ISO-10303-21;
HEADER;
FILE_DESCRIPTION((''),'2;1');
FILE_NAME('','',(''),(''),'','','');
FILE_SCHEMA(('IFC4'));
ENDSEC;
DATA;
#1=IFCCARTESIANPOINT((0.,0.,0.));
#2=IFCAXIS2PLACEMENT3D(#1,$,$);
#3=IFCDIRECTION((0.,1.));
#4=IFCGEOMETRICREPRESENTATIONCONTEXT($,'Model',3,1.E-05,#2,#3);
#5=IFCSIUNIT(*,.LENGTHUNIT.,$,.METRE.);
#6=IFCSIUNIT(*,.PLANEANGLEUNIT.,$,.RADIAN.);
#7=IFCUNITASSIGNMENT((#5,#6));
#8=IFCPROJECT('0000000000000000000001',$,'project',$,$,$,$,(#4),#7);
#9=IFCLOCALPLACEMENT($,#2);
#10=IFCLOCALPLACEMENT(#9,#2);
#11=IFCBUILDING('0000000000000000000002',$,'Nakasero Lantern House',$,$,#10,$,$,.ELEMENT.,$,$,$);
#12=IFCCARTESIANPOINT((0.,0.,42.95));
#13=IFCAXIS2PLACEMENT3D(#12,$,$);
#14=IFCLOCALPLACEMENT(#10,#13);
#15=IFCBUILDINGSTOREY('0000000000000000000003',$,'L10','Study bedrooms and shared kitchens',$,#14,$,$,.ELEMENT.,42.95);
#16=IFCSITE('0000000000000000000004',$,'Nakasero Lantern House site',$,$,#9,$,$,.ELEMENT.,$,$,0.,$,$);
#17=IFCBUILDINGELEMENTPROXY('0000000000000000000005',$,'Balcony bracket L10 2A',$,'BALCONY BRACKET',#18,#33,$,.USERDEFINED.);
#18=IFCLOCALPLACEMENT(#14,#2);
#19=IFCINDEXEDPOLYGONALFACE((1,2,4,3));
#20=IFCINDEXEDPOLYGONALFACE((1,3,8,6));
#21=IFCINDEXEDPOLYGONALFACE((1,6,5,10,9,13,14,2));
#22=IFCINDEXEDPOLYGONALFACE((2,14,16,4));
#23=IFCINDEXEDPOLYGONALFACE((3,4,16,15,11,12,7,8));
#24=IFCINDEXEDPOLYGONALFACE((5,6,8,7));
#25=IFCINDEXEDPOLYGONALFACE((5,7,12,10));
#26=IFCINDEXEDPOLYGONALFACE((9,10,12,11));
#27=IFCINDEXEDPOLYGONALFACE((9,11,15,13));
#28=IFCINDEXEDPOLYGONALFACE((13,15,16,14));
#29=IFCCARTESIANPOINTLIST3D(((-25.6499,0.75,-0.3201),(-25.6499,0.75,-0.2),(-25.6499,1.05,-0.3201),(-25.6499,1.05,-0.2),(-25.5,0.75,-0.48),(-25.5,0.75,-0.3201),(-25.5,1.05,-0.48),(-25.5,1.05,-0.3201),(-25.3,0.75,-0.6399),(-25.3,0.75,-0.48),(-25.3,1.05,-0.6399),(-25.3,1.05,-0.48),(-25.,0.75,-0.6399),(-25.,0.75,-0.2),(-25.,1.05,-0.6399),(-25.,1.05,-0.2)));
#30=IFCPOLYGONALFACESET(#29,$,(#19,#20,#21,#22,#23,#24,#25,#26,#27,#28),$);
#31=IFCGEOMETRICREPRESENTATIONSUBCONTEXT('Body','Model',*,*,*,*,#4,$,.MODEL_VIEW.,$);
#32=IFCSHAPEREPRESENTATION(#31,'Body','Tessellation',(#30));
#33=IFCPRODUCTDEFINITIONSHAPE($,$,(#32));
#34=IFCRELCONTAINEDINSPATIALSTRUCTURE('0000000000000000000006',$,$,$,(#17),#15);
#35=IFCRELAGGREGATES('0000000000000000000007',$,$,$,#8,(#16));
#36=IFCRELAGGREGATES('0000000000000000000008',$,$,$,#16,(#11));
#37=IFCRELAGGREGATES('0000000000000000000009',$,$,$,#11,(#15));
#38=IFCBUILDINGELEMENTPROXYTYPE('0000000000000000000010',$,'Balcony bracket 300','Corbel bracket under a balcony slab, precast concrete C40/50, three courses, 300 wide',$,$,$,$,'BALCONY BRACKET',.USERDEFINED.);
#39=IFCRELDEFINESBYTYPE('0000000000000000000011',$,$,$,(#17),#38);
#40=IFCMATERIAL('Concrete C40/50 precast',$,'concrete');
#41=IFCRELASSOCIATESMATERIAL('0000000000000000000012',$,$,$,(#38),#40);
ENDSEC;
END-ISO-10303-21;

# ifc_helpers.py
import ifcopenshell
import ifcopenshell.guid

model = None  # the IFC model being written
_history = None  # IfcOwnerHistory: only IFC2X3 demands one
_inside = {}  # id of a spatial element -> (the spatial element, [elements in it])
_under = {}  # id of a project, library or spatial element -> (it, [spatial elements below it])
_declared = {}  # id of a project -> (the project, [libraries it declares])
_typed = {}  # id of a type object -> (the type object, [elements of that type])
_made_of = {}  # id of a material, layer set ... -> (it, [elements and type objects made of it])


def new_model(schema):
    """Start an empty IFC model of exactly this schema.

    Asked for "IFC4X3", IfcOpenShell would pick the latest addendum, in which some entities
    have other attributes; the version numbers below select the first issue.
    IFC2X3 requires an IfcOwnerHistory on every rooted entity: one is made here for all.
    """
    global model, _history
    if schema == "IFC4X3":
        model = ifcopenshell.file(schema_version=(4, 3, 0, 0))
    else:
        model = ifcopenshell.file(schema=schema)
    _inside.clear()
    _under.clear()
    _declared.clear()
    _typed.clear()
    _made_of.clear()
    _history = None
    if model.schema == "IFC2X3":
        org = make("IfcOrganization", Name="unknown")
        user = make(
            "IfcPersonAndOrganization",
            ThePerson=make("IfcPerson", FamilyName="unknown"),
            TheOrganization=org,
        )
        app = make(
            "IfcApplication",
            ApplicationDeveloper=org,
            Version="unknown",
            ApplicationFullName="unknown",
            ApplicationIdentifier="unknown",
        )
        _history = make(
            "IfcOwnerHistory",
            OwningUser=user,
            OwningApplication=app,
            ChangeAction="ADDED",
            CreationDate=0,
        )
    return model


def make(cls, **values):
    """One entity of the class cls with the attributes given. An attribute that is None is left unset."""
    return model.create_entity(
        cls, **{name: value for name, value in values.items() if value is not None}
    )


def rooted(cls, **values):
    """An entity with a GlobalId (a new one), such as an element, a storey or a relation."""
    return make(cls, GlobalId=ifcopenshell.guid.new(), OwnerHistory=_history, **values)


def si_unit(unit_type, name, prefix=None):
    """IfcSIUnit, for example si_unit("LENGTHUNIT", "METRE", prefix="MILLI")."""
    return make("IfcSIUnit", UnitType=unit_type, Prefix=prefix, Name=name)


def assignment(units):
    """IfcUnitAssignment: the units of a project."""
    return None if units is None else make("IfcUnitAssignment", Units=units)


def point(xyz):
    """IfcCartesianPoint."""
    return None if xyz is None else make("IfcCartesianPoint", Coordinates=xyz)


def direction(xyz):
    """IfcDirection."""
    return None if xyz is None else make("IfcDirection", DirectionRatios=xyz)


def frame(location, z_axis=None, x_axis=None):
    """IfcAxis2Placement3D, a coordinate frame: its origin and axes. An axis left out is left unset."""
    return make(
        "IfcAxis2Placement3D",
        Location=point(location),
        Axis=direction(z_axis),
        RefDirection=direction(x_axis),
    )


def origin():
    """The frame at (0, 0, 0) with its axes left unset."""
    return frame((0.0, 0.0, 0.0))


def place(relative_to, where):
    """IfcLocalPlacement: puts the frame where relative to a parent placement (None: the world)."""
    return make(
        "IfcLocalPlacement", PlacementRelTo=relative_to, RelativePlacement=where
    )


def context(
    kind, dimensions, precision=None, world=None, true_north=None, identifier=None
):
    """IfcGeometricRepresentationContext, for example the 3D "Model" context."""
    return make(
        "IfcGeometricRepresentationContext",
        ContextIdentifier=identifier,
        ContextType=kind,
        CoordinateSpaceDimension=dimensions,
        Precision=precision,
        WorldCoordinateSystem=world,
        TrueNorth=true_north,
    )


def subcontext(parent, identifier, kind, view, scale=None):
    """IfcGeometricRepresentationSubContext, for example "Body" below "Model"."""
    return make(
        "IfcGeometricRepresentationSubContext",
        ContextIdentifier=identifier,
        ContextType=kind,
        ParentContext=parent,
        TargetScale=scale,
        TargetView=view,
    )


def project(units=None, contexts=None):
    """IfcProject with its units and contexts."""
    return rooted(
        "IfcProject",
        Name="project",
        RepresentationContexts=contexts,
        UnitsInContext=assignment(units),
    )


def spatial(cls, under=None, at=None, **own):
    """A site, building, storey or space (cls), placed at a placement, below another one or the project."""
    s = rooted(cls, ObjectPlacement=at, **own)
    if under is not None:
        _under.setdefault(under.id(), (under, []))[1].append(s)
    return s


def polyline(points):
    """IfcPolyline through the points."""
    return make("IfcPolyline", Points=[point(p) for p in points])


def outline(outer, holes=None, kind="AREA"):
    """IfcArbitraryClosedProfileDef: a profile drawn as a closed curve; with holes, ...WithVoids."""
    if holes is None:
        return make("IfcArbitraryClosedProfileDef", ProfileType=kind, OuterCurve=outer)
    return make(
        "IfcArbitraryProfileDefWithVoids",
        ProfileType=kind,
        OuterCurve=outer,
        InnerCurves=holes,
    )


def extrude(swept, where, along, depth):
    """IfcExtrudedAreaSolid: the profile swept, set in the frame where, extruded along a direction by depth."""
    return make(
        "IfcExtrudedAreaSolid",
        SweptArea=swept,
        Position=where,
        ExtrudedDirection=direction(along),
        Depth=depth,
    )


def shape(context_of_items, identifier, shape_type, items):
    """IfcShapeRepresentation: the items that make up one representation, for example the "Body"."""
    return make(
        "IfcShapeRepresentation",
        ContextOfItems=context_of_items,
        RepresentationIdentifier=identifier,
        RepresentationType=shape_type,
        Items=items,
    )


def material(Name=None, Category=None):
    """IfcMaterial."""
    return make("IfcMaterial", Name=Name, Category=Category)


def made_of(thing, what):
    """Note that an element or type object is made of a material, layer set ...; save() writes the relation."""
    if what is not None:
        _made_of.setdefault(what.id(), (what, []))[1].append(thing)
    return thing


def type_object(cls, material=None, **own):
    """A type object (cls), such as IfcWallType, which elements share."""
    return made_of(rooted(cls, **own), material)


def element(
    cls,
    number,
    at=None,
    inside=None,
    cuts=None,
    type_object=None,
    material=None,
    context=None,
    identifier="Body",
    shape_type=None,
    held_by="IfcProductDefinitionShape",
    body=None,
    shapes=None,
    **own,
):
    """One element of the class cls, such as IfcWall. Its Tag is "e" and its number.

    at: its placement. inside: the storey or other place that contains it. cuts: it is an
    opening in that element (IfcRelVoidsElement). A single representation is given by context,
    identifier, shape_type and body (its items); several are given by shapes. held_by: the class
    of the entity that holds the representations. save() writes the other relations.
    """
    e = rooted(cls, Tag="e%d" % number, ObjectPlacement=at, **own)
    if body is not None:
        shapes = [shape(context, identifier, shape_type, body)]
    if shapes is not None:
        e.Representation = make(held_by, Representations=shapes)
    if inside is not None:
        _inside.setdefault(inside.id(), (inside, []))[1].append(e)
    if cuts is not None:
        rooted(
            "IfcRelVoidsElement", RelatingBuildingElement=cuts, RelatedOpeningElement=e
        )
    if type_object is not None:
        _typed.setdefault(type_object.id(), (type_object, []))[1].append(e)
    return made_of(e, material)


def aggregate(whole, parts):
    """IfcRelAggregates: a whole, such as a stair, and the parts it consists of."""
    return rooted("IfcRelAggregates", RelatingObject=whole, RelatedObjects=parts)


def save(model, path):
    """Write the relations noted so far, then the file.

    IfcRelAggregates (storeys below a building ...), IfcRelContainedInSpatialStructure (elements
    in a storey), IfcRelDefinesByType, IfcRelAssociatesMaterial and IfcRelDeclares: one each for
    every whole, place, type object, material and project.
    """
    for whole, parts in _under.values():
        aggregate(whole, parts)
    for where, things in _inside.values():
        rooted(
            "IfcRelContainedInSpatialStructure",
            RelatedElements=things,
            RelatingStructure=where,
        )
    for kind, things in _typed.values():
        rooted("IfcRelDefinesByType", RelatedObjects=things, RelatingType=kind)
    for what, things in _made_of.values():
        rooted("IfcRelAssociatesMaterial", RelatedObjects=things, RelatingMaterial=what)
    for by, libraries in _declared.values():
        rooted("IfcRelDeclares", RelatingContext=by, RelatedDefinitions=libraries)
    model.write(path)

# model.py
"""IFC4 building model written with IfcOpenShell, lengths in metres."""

from ifc_helpers import new_model, si_unit, direction, frame, origin, place, context, subcontext, project, spatial, polyline, outline, extrude, material, type_object, element, save


model = new_model("IFC4")

# Units and contexts
model_context = context("Model", 3, precision=1e-05, world=origin(), true_north=direction((0.0, 1.0)))
body_context = subcontext(model_context, "Body", "Model", "MODEL_VIEW")
ifc_project = project(units=[si_unit("LENGTHUNIT", "METRE"), si_unit("PLANEANGLEUNIT", "RADIAN")], contexts=[model_context])

# Site, building, storey
site_placement = place(None, origin())
site = spatial("IfcSite", under=ifc_project, at=site_placement, Name="Nakasero Lantern House site", CompositionType="ELEMENT", RefElevation=0.0)
building_placement = place(site_placement, origin())
building = spatial("IfcBuilding", under=site, at=building_placement, Name="Nakasero Lantern House", CompositionType="ELEMENT")
storey_placement = place(building_placement, frame((0.0, 0.0, 42.95)))
storey = spatial("IfcBuildingStorey", under=building, at=storey_placement, Name="L10", Description="Study bedrooms and shared kitchens", CompositionType="ELEMENT", Elevation=42.95)

# Building element proxy
ifc_material_1 = material(Name="Concrete C40/50 precast", Category="concrete")
building_element_proxy_type = type_object("IfcBuildingElementProxyType", Name="Balcony bracket 300", Description="Corbel bracket under a balcony slab, precast concrete C40/50, three courses, 300 wide", ElementType="BALCONY BRACKET", PredefinedType="USERDEFINED", material=ifc_material_1)
proxy_placement = place(storey_placement, frame((-25.0, 0.8999, -0.2), z_axis=(0.0, 0.0, 1.0), x_axis=(-1.0, 0.0, 0.0)))
element("IfcBuildingElementProxy", 1, at=proxy_placement, inside=storey, type_object=building_element_proxy_type, Name="Balcony bracket L10 2A", ObjectType="BALCONY BRACKET", PredefinedType="USERDEFINED", context=body_context, shape_type="SweptSolid", body=[
    extrude(outline(polyline([(0.0, 0.0), (0.6499, 0.0), (0.6499, -0.1201), (0.5, -0.1201), (0.5, -0.28), (0.3, -0.28), (0.3, -0.4399), (0.0, -0.4399), (0.0, 0.0)])), frame((0.0, 0.1499, 0.0), z_axis=(0.0, -1.0, 0.0), x_axis=(1.0, 0.0, 0.0)), (0.0, 0.0, 1.0), 0.3),
])

save(model, "model.ifc")
